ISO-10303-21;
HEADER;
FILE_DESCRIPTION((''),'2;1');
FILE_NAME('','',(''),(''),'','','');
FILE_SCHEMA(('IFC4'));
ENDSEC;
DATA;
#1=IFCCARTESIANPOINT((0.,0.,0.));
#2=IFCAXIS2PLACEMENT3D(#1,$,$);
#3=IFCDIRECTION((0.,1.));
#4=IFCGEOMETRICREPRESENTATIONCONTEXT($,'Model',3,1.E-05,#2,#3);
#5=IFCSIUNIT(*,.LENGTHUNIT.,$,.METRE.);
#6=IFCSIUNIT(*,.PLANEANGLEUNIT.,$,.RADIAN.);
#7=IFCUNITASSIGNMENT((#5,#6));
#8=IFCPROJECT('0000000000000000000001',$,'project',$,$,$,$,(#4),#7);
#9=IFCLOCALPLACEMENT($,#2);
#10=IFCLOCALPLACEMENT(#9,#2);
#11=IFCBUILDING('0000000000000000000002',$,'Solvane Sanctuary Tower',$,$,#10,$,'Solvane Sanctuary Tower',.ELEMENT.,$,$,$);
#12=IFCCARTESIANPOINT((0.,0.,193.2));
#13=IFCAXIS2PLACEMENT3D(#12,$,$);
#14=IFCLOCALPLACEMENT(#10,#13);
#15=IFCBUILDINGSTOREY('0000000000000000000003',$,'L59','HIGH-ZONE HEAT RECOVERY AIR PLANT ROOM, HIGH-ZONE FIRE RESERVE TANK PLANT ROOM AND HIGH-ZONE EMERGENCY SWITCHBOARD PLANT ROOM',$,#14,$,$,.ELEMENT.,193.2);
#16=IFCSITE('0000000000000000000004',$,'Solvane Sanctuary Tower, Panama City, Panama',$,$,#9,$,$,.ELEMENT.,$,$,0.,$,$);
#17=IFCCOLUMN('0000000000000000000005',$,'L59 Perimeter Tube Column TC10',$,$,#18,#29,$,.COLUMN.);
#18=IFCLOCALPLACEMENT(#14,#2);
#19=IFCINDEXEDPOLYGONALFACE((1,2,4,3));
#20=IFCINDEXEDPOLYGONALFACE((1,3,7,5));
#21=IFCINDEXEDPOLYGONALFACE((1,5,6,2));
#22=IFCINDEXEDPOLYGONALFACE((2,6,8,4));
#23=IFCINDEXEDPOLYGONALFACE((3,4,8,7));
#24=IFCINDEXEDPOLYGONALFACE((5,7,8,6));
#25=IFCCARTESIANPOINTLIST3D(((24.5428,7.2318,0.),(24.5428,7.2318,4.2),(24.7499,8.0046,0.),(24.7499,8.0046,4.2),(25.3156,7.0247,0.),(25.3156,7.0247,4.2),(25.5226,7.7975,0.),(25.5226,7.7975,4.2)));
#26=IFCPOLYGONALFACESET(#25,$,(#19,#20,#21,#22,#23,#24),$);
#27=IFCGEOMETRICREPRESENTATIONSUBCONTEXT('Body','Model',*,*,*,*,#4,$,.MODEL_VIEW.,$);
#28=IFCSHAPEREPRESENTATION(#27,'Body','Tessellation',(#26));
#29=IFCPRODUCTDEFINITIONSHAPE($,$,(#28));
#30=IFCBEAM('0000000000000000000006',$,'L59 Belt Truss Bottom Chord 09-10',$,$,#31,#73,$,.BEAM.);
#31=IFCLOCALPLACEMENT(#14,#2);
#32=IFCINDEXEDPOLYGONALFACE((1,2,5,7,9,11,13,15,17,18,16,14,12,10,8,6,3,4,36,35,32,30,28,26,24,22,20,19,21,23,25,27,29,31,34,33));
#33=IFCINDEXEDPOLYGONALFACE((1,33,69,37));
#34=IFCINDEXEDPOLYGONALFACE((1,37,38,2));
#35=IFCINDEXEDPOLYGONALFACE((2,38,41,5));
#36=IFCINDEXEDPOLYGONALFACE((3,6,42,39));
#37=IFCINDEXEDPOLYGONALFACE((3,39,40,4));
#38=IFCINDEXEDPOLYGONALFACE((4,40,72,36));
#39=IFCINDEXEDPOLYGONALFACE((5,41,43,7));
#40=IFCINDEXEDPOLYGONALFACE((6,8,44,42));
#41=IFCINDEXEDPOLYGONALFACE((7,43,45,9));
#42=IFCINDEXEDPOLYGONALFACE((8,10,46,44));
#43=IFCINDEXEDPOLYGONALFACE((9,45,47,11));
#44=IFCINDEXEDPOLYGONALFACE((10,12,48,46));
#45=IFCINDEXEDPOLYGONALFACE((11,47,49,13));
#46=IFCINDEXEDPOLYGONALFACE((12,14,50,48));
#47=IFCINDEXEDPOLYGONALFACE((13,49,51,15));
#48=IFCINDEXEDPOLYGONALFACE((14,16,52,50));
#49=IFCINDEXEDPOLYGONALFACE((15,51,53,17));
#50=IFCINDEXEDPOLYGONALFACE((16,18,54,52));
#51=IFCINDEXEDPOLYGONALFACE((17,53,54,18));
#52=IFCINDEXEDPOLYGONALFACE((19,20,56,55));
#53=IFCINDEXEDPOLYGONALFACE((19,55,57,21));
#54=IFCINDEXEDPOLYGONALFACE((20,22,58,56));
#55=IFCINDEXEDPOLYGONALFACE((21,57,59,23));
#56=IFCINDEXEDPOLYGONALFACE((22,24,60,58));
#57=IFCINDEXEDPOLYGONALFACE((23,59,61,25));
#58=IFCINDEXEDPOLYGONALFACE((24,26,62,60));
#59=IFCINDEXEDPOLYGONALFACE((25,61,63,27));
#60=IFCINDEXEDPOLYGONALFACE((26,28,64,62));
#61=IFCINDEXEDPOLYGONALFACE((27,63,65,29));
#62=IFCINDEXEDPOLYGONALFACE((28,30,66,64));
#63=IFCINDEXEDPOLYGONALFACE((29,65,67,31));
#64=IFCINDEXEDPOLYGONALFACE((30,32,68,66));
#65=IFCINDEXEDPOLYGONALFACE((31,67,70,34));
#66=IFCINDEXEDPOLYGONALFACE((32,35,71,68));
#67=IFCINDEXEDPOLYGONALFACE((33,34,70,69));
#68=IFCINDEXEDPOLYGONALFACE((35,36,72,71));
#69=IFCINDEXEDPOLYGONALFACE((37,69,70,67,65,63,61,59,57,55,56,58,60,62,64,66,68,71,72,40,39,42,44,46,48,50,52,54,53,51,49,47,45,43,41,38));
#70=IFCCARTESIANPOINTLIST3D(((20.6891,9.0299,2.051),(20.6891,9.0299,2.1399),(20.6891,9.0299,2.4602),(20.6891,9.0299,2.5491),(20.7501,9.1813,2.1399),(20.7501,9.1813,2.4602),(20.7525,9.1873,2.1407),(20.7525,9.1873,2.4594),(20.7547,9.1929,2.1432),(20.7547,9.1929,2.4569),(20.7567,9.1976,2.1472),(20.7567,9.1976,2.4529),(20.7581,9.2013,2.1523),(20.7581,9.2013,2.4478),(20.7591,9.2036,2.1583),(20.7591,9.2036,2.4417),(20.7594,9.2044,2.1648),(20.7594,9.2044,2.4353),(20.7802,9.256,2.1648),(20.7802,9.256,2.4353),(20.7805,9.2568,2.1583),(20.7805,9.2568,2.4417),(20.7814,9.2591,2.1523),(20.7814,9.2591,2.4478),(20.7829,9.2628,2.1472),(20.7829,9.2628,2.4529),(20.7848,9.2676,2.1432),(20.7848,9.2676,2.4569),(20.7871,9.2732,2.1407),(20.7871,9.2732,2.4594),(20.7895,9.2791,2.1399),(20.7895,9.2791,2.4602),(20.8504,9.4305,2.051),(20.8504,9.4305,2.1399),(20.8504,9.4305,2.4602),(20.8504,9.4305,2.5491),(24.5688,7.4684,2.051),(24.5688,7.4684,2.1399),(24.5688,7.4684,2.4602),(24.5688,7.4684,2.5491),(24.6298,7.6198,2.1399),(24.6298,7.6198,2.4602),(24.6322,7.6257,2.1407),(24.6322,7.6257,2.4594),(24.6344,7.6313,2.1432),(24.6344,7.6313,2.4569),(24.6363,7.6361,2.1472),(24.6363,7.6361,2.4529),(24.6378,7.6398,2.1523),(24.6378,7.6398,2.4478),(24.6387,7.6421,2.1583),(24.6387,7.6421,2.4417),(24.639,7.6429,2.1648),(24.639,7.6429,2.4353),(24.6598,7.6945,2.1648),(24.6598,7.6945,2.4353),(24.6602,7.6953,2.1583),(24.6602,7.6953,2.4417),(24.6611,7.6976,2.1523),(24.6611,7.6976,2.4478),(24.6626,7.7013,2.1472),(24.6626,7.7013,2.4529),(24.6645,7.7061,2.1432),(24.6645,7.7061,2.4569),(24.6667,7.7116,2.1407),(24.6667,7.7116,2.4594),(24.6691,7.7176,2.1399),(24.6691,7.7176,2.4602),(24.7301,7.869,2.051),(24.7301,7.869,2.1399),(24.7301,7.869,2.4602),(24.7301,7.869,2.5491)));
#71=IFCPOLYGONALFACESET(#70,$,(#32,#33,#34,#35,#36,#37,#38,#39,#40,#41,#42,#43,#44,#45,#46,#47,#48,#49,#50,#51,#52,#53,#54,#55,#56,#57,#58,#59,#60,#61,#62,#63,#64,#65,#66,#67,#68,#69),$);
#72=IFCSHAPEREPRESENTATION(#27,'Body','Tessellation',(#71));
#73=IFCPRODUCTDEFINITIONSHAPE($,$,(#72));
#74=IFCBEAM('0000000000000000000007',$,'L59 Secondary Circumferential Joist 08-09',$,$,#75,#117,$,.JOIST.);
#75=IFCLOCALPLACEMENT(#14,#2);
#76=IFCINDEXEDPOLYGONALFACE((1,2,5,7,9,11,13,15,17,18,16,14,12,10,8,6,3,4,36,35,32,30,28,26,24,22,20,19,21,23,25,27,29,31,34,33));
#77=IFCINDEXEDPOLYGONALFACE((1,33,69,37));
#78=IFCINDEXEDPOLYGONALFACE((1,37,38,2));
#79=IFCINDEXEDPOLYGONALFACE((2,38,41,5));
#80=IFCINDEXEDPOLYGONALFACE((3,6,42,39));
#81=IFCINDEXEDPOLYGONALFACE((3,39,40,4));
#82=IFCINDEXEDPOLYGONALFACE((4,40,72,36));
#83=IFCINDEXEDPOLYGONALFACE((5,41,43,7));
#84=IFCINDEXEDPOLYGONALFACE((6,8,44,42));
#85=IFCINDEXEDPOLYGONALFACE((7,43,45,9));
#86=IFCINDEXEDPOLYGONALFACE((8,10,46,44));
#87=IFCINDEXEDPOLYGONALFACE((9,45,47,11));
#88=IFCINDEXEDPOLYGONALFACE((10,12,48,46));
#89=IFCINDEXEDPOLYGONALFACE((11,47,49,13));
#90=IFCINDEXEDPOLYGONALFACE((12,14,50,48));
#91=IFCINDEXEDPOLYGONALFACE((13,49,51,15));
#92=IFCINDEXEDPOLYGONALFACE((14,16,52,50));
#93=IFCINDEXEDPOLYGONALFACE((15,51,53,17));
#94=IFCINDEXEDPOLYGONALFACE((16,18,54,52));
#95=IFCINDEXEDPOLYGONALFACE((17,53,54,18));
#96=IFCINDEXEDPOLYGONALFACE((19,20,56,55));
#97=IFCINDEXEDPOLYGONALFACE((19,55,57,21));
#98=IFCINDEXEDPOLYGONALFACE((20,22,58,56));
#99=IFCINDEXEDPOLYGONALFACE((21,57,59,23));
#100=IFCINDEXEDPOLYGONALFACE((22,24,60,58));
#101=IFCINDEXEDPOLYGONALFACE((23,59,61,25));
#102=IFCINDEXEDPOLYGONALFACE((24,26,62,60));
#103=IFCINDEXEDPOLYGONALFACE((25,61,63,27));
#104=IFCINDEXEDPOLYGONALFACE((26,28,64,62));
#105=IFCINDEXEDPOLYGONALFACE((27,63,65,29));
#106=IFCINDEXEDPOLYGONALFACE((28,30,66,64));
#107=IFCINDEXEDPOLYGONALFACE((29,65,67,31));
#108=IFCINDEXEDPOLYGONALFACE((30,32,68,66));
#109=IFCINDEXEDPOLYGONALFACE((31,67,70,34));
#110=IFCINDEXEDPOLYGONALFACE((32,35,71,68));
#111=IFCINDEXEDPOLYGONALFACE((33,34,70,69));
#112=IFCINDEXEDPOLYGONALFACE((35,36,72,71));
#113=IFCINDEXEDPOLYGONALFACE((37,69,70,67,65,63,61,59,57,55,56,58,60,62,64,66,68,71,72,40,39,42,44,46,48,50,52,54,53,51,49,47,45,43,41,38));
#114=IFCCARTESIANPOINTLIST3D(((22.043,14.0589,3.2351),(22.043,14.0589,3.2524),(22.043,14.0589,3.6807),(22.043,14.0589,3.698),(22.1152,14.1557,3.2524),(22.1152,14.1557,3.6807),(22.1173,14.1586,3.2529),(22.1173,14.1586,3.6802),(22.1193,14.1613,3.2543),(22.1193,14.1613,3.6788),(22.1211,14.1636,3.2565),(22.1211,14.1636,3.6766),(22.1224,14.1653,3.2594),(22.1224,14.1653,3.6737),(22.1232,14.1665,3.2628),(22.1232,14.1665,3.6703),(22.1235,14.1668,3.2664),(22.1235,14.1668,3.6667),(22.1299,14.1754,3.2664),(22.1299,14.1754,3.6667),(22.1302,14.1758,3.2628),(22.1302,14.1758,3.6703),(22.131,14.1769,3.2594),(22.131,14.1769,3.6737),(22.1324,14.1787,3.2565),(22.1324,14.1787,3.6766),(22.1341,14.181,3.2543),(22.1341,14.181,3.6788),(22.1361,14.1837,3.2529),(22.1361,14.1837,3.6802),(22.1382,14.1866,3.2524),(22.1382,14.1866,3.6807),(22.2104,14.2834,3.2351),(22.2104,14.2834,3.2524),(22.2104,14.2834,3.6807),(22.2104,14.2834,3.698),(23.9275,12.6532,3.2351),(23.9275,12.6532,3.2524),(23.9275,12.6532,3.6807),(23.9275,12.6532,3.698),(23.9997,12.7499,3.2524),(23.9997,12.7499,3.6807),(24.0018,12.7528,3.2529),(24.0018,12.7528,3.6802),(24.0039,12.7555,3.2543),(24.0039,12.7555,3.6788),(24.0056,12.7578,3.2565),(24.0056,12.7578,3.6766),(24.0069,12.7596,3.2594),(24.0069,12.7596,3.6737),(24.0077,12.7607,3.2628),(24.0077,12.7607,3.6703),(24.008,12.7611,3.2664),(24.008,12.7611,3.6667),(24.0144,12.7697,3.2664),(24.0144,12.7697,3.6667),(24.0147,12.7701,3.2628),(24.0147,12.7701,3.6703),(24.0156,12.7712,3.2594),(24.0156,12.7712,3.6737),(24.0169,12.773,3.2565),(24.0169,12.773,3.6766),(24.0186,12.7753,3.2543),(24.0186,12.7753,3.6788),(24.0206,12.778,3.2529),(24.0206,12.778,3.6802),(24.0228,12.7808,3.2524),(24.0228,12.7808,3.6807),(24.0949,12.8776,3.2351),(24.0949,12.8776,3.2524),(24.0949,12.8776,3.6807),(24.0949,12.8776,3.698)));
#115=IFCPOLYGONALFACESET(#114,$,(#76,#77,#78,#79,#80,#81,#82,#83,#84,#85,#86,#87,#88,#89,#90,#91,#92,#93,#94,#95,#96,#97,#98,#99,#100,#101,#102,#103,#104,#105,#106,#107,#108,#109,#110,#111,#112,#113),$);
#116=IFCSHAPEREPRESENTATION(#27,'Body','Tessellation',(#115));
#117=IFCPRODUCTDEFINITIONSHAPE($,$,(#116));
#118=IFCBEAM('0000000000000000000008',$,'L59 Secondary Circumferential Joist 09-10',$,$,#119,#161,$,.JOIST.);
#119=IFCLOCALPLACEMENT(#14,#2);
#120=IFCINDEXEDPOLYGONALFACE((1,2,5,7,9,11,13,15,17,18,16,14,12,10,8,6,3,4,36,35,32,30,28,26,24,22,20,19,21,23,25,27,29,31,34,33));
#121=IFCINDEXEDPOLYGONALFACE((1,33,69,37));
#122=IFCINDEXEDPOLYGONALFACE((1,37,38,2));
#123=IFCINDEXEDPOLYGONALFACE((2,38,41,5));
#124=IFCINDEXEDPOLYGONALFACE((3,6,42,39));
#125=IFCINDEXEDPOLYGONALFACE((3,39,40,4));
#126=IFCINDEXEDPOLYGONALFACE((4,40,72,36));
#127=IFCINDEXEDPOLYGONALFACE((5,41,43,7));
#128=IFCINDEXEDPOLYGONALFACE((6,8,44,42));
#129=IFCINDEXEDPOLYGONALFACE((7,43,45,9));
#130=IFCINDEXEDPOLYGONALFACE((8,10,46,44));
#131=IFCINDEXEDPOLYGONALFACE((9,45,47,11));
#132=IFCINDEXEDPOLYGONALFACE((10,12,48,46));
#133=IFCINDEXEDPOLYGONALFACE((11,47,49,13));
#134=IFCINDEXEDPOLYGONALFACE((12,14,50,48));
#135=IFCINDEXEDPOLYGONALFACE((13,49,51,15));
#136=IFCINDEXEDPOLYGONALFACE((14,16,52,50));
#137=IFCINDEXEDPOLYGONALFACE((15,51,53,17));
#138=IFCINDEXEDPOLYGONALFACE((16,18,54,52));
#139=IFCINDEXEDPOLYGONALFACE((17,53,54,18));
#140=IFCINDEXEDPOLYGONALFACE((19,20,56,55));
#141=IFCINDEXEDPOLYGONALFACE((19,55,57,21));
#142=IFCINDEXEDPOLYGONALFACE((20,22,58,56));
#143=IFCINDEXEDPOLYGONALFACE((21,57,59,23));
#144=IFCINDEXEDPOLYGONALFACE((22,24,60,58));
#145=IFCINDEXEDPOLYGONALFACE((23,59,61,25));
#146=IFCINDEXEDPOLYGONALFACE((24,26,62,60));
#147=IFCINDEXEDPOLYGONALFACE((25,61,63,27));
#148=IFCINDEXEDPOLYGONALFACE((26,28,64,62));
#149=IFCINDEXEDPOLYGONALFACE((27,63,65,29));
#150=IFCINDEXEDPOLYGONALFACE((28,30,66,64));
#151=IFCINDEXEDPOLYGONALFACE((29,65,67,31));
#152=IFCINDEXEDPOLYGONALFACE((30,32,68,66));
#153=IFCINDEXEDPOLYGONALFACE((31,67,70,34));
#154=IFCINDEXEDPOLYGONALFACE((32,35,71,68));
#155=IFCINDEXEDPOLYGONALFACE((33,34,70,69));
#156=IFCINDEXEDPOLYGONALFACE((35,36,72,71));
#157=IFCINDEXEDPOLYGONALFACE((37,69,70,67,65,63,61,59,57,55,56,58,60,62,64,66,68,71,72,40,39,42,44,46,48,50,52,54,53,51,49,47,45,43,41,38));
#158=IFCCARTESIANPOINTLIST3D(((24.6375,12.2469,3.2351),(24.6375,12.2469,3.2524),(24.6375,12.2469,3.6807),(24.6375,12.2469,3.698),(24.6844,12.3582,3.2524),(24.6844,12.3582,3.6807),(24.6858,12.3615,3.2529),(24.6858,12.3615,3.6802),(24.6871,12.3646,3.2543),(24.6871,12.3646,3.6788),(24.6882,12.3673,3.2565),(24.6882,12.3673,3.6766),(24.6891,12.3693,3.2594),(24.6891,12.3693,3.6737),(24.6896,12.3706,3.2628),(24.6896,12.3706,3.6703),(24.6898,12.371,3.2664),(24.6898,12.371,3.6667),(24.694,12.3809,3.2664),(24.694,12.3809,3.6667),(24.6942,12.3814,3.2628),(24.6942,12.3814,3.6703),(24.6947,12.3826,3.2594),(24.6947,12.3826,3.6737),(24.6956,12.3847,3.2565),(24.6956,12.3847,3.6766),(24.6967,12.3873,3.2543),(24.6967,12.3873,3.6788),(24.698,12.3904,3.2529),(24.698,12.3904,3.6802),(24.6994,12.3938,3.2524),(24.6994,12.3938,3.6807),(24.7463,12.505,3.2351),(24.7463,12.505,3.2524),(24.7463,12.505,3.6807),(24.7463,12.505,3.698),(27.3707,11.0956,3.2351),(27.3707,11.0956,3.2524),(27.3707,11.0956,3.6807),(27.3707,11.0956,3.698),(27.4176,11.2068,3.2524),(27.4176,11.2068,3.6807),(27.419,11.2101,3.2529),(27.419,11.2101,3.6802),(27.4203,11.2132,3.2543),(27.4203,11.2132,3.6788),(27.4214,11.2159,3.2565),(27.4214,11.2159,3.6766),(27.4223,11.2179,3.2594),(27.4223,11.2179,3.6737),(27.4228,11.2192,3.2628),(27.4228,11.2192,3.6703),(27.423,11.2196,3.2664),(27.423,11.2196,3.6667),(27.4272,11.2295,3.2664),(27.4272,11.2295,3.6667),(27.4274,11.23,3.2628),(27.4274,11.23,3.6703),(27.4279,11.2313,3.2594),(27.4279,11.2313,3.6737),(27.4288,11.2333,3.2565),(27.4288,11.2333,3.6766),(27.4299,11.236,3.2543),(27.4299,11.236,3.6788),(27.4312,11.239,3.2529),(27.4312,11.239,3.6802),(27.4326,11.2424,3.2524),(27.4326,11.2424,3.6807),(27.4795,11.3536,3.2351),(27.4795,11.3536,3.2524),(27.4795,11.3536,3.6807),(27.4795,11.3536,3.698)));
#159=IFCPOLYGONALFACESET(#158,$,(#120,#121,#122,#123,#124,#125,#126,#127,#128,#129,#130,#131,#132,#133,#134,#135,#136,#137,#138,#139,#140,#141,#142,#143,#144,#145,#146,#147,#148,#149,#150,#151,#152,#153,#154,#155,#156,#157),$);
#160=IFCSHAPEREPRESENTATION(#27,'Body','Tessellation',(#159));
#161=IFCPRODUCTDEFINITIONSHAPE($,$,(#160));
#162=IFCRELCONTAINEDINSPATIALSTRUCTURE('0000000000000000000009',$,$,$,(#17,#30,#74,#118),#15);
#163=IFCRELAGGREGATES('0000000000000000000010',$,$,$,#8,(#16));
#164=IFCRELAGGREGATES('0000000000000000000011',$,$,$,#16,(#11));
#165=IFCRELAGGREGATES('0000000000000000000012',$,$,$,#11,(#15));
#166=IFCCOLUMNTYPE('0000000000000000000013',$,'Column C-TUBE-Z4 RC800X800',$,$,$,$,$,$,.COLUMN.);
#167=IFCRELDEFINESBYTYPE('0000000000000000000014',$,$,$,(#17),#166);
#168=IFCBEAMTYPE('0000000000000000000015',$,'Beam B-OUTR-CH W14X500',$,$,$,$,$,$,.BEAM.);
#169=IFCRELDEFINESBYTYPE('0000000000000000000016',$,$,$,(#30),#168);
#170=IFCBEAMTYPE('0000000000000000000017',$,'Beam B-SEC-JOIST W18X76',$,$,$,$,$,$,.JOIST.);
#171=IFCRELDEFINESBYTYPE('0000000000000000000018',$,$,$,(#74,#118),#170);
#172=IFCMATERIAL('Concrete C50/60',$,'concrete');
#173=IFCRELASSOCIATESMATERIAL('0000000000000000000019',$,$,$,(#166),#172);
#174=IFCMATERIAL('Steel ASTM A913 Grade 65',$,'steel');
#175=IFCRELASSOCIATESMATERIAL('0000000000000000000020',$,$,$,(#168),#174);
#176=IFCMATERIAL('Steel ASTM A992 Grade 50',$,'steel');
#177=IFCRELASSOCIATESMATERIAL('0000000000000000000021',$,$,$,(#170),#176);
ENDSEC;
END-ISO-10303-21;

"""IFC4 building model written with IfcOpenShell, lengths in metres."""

from ifc_helpers import new_model, si_unit, direction, frame, origin, origin_2d, place, context, subcontext, project, spatial, rectangle, i_section, extrude, material, material_profile, profile_set, type_object, element, save


model = new_model("IFC4")

# Units and contexts
model_context = context("Model", 3, precision=1e-05, world=origin(), true_north=direction((0.0, 1.0)))
body_context = subcontext(model_context, "Body", "Model", "MODEL_VIEW")
ifc_project = project(units=[si_unit("LENGTHUNIT", "METRE"), si_unit("PLANEANGLEUNIT", "RADIAN")], contexts=[model_context])

# Site, building, storey
site_placement = place(None, origin())
site = spatial("IfcSite", under=ifc_project, at=site_placement, Name="Solvane Sanctuary Tower, Panama City, Panama", CompositionType="ELEMENT", RefElevation=0.0)
building_placement = place(site_placement, origin())
building = spatial("IfcBuilding", under=site, at=building_placement, Name="Solvane Sanctuary Tower", LongName="Solvane Sanctuary Tower", CompositionType="ELEMENT")
storey_placement = place(building_placement, frame((0.0, 0.0, 193.2)))
storey = spatial("IfcBuildingStorey", under=building, at=storey_placement, Name="L59", Description="HIGH-ZONE HEAT RECOVERY AIR PLANT ROOM, HIGH-ZONE FIRE RESERVE TANK PLANT ROOM AND HIGH-ZONE EMERGENCY SWITCHBOARD PLANT ROOM", CompositionType="ELEMENT", Elevation=193.2)

# Column
ifc_material_1 = material(Name="Concrete C50/60", Category="concrete")
ifc_material_profile_1 = material_profile(ifc_material_1, rectangle(XDim=0.8, YDim=0.8, at=origin_2d()), Name="RC800X800")
ifc_profile_set_1 = profile_set([ifc_material_profile_1], Name="Concrete C50/60")
column_type = type_object("IfcColumnType", Name="Column C-TUBE-Z4 RC800X800", PredefinedType="COLUMN", material=ifc_profile_set_1)
column_placement = place(storey_placement, frame((25.0327, 7.5146, 0.0), z_axis=(0.0, 0.0, 1.0), x_axis=(-0.258819, -0.965926, 0.0)))
element("IfcColumn", 1, at=column_placement, inside=storey, type_object=column_type, Name="L59 Perimeter Tube Column TC10", PredefinedType="COLUMN", context=body_context, shape_type="SweptSolid", body=[
    extrude(rectangle(XDim=0.8, YDim=0.8, at=origin_2d()), origin(), (0.0, 0.0, 1.0), 4.2),
])

# Beams
ifc_material_2 = material(Name="Steel ASTM A913 Grade 65", Category="steel")
ifc_material_profile_2 = material_profile(ifc_material_2, i_section(OverallWidth=0.4319, OverallDepth=0.498, WebThickness=0.0557, FlangeThickness=0.0889, FilletRadius=0.0249, at=origin_2d()), Name="W14X500")
ifc_profile_set_2 = profile_set([ifc_material_profile_2], Name="Steel ASTM A913 Grade 65")
beam_type_1 = type_object("IfcBeamType", Name="Beam B-OUTR-CH W14X500", PredefinedType="BEAM", material=ifc_profile_set_2)
beam_1_placement = place(storey_placement, frame((20.7698, 9.2302, 2.3), z_axis=(0.927677, -0.373383, 0.0), x_axis=(0.373383, 0.927677, 0.0)))
element("IfcBeam", 2, at=beam_1_placement, inside=storey, type_object=beam_type_1, Name="L59 Belt Truss Bottom Chord 09-10", PredefinedType="BEAM", context=body_context, shape_type="SweptSolid", body=[
    extrude(i_section(OverallWidth=0.4319, OverallDepth=0.498, WebThickness=0.0557, FlangeThickness=0.0889, FilletRadius=0.0249, at=origin_2d()), origin(), (0.0, 0.0, 1.0), 4.1821),
])
ifc_material_3 = material(Name="Steel ASTM A992 Grade 50", Category="steel")
ifc_material_profile_3 = material_profile(ifc_material_3, i_section(OverallWidth=0.28, OverallDepth=0.4629, WebThickness=0.0107, FlangeThickness=0.0173, FilletRadius=0.0139, at=origin_2d()), Name="W18X76")
ifc_profile_set_3 = profile_set([ifc_material_profile_3], Name="Steel ASTM A992 Grade 50")
beam_type_2 = type_object("IfcBeamType", Name="Beam B-SEC-JOIST W18X76", PredefinedType="JOIST", material=ifc_profile_set_3)
beam_2_placement = place(storey_placement, frame((22.1267, 14.1711, 3.4666), z_axis=(0.801555, -0.597921, 0.0), x_axis=(0.597921, 0.801555, 0.0)))
element("IfcBeam", 3, at=beam_2_placement, inside=storey, type_object=beam_type_2, Name="L59 Secondary Circumferential Joist 08-09", PredefinedType="JOIST", context=body_context, shape_type="SweptSolid", body=[
    extrude(i_section(OverallWidth=0.28, OverallDepth=0.4629, WebThickness=0.0107, FlangeThickness=0.0173, FilletRadius=0.0139, at=origin_2d()), origin(), (0.0, 0.0, 1.0), 2.3511),
])
beam_3_placement = place(storey_placement, frame((24.6919, 12.376, 3.4666), z_axis=(0.921567, -0.388219, 0.0), x_axis=(0.388219, 0.921567, 0.0)))
element("IfcBeam", 4, at=beam_3_placement, inside=storey, type_object=beam_type_2, Name="L59 Secondary Circumferential Joist 09-10", PredefinedType="JOIST", context=body_context, shape_type="SweptSolid", body=[
    extrude(i_section(OverallWidth=0.28, OverallDepth=0.4629, WebThickness=0.0107, FlangeThickness=0.0173, FilletRadius=0.0139, at=origin_2d()), origin(), (0.0, 0.0, 1.0), 2.9658),
])

save(model, "model.ifc")
